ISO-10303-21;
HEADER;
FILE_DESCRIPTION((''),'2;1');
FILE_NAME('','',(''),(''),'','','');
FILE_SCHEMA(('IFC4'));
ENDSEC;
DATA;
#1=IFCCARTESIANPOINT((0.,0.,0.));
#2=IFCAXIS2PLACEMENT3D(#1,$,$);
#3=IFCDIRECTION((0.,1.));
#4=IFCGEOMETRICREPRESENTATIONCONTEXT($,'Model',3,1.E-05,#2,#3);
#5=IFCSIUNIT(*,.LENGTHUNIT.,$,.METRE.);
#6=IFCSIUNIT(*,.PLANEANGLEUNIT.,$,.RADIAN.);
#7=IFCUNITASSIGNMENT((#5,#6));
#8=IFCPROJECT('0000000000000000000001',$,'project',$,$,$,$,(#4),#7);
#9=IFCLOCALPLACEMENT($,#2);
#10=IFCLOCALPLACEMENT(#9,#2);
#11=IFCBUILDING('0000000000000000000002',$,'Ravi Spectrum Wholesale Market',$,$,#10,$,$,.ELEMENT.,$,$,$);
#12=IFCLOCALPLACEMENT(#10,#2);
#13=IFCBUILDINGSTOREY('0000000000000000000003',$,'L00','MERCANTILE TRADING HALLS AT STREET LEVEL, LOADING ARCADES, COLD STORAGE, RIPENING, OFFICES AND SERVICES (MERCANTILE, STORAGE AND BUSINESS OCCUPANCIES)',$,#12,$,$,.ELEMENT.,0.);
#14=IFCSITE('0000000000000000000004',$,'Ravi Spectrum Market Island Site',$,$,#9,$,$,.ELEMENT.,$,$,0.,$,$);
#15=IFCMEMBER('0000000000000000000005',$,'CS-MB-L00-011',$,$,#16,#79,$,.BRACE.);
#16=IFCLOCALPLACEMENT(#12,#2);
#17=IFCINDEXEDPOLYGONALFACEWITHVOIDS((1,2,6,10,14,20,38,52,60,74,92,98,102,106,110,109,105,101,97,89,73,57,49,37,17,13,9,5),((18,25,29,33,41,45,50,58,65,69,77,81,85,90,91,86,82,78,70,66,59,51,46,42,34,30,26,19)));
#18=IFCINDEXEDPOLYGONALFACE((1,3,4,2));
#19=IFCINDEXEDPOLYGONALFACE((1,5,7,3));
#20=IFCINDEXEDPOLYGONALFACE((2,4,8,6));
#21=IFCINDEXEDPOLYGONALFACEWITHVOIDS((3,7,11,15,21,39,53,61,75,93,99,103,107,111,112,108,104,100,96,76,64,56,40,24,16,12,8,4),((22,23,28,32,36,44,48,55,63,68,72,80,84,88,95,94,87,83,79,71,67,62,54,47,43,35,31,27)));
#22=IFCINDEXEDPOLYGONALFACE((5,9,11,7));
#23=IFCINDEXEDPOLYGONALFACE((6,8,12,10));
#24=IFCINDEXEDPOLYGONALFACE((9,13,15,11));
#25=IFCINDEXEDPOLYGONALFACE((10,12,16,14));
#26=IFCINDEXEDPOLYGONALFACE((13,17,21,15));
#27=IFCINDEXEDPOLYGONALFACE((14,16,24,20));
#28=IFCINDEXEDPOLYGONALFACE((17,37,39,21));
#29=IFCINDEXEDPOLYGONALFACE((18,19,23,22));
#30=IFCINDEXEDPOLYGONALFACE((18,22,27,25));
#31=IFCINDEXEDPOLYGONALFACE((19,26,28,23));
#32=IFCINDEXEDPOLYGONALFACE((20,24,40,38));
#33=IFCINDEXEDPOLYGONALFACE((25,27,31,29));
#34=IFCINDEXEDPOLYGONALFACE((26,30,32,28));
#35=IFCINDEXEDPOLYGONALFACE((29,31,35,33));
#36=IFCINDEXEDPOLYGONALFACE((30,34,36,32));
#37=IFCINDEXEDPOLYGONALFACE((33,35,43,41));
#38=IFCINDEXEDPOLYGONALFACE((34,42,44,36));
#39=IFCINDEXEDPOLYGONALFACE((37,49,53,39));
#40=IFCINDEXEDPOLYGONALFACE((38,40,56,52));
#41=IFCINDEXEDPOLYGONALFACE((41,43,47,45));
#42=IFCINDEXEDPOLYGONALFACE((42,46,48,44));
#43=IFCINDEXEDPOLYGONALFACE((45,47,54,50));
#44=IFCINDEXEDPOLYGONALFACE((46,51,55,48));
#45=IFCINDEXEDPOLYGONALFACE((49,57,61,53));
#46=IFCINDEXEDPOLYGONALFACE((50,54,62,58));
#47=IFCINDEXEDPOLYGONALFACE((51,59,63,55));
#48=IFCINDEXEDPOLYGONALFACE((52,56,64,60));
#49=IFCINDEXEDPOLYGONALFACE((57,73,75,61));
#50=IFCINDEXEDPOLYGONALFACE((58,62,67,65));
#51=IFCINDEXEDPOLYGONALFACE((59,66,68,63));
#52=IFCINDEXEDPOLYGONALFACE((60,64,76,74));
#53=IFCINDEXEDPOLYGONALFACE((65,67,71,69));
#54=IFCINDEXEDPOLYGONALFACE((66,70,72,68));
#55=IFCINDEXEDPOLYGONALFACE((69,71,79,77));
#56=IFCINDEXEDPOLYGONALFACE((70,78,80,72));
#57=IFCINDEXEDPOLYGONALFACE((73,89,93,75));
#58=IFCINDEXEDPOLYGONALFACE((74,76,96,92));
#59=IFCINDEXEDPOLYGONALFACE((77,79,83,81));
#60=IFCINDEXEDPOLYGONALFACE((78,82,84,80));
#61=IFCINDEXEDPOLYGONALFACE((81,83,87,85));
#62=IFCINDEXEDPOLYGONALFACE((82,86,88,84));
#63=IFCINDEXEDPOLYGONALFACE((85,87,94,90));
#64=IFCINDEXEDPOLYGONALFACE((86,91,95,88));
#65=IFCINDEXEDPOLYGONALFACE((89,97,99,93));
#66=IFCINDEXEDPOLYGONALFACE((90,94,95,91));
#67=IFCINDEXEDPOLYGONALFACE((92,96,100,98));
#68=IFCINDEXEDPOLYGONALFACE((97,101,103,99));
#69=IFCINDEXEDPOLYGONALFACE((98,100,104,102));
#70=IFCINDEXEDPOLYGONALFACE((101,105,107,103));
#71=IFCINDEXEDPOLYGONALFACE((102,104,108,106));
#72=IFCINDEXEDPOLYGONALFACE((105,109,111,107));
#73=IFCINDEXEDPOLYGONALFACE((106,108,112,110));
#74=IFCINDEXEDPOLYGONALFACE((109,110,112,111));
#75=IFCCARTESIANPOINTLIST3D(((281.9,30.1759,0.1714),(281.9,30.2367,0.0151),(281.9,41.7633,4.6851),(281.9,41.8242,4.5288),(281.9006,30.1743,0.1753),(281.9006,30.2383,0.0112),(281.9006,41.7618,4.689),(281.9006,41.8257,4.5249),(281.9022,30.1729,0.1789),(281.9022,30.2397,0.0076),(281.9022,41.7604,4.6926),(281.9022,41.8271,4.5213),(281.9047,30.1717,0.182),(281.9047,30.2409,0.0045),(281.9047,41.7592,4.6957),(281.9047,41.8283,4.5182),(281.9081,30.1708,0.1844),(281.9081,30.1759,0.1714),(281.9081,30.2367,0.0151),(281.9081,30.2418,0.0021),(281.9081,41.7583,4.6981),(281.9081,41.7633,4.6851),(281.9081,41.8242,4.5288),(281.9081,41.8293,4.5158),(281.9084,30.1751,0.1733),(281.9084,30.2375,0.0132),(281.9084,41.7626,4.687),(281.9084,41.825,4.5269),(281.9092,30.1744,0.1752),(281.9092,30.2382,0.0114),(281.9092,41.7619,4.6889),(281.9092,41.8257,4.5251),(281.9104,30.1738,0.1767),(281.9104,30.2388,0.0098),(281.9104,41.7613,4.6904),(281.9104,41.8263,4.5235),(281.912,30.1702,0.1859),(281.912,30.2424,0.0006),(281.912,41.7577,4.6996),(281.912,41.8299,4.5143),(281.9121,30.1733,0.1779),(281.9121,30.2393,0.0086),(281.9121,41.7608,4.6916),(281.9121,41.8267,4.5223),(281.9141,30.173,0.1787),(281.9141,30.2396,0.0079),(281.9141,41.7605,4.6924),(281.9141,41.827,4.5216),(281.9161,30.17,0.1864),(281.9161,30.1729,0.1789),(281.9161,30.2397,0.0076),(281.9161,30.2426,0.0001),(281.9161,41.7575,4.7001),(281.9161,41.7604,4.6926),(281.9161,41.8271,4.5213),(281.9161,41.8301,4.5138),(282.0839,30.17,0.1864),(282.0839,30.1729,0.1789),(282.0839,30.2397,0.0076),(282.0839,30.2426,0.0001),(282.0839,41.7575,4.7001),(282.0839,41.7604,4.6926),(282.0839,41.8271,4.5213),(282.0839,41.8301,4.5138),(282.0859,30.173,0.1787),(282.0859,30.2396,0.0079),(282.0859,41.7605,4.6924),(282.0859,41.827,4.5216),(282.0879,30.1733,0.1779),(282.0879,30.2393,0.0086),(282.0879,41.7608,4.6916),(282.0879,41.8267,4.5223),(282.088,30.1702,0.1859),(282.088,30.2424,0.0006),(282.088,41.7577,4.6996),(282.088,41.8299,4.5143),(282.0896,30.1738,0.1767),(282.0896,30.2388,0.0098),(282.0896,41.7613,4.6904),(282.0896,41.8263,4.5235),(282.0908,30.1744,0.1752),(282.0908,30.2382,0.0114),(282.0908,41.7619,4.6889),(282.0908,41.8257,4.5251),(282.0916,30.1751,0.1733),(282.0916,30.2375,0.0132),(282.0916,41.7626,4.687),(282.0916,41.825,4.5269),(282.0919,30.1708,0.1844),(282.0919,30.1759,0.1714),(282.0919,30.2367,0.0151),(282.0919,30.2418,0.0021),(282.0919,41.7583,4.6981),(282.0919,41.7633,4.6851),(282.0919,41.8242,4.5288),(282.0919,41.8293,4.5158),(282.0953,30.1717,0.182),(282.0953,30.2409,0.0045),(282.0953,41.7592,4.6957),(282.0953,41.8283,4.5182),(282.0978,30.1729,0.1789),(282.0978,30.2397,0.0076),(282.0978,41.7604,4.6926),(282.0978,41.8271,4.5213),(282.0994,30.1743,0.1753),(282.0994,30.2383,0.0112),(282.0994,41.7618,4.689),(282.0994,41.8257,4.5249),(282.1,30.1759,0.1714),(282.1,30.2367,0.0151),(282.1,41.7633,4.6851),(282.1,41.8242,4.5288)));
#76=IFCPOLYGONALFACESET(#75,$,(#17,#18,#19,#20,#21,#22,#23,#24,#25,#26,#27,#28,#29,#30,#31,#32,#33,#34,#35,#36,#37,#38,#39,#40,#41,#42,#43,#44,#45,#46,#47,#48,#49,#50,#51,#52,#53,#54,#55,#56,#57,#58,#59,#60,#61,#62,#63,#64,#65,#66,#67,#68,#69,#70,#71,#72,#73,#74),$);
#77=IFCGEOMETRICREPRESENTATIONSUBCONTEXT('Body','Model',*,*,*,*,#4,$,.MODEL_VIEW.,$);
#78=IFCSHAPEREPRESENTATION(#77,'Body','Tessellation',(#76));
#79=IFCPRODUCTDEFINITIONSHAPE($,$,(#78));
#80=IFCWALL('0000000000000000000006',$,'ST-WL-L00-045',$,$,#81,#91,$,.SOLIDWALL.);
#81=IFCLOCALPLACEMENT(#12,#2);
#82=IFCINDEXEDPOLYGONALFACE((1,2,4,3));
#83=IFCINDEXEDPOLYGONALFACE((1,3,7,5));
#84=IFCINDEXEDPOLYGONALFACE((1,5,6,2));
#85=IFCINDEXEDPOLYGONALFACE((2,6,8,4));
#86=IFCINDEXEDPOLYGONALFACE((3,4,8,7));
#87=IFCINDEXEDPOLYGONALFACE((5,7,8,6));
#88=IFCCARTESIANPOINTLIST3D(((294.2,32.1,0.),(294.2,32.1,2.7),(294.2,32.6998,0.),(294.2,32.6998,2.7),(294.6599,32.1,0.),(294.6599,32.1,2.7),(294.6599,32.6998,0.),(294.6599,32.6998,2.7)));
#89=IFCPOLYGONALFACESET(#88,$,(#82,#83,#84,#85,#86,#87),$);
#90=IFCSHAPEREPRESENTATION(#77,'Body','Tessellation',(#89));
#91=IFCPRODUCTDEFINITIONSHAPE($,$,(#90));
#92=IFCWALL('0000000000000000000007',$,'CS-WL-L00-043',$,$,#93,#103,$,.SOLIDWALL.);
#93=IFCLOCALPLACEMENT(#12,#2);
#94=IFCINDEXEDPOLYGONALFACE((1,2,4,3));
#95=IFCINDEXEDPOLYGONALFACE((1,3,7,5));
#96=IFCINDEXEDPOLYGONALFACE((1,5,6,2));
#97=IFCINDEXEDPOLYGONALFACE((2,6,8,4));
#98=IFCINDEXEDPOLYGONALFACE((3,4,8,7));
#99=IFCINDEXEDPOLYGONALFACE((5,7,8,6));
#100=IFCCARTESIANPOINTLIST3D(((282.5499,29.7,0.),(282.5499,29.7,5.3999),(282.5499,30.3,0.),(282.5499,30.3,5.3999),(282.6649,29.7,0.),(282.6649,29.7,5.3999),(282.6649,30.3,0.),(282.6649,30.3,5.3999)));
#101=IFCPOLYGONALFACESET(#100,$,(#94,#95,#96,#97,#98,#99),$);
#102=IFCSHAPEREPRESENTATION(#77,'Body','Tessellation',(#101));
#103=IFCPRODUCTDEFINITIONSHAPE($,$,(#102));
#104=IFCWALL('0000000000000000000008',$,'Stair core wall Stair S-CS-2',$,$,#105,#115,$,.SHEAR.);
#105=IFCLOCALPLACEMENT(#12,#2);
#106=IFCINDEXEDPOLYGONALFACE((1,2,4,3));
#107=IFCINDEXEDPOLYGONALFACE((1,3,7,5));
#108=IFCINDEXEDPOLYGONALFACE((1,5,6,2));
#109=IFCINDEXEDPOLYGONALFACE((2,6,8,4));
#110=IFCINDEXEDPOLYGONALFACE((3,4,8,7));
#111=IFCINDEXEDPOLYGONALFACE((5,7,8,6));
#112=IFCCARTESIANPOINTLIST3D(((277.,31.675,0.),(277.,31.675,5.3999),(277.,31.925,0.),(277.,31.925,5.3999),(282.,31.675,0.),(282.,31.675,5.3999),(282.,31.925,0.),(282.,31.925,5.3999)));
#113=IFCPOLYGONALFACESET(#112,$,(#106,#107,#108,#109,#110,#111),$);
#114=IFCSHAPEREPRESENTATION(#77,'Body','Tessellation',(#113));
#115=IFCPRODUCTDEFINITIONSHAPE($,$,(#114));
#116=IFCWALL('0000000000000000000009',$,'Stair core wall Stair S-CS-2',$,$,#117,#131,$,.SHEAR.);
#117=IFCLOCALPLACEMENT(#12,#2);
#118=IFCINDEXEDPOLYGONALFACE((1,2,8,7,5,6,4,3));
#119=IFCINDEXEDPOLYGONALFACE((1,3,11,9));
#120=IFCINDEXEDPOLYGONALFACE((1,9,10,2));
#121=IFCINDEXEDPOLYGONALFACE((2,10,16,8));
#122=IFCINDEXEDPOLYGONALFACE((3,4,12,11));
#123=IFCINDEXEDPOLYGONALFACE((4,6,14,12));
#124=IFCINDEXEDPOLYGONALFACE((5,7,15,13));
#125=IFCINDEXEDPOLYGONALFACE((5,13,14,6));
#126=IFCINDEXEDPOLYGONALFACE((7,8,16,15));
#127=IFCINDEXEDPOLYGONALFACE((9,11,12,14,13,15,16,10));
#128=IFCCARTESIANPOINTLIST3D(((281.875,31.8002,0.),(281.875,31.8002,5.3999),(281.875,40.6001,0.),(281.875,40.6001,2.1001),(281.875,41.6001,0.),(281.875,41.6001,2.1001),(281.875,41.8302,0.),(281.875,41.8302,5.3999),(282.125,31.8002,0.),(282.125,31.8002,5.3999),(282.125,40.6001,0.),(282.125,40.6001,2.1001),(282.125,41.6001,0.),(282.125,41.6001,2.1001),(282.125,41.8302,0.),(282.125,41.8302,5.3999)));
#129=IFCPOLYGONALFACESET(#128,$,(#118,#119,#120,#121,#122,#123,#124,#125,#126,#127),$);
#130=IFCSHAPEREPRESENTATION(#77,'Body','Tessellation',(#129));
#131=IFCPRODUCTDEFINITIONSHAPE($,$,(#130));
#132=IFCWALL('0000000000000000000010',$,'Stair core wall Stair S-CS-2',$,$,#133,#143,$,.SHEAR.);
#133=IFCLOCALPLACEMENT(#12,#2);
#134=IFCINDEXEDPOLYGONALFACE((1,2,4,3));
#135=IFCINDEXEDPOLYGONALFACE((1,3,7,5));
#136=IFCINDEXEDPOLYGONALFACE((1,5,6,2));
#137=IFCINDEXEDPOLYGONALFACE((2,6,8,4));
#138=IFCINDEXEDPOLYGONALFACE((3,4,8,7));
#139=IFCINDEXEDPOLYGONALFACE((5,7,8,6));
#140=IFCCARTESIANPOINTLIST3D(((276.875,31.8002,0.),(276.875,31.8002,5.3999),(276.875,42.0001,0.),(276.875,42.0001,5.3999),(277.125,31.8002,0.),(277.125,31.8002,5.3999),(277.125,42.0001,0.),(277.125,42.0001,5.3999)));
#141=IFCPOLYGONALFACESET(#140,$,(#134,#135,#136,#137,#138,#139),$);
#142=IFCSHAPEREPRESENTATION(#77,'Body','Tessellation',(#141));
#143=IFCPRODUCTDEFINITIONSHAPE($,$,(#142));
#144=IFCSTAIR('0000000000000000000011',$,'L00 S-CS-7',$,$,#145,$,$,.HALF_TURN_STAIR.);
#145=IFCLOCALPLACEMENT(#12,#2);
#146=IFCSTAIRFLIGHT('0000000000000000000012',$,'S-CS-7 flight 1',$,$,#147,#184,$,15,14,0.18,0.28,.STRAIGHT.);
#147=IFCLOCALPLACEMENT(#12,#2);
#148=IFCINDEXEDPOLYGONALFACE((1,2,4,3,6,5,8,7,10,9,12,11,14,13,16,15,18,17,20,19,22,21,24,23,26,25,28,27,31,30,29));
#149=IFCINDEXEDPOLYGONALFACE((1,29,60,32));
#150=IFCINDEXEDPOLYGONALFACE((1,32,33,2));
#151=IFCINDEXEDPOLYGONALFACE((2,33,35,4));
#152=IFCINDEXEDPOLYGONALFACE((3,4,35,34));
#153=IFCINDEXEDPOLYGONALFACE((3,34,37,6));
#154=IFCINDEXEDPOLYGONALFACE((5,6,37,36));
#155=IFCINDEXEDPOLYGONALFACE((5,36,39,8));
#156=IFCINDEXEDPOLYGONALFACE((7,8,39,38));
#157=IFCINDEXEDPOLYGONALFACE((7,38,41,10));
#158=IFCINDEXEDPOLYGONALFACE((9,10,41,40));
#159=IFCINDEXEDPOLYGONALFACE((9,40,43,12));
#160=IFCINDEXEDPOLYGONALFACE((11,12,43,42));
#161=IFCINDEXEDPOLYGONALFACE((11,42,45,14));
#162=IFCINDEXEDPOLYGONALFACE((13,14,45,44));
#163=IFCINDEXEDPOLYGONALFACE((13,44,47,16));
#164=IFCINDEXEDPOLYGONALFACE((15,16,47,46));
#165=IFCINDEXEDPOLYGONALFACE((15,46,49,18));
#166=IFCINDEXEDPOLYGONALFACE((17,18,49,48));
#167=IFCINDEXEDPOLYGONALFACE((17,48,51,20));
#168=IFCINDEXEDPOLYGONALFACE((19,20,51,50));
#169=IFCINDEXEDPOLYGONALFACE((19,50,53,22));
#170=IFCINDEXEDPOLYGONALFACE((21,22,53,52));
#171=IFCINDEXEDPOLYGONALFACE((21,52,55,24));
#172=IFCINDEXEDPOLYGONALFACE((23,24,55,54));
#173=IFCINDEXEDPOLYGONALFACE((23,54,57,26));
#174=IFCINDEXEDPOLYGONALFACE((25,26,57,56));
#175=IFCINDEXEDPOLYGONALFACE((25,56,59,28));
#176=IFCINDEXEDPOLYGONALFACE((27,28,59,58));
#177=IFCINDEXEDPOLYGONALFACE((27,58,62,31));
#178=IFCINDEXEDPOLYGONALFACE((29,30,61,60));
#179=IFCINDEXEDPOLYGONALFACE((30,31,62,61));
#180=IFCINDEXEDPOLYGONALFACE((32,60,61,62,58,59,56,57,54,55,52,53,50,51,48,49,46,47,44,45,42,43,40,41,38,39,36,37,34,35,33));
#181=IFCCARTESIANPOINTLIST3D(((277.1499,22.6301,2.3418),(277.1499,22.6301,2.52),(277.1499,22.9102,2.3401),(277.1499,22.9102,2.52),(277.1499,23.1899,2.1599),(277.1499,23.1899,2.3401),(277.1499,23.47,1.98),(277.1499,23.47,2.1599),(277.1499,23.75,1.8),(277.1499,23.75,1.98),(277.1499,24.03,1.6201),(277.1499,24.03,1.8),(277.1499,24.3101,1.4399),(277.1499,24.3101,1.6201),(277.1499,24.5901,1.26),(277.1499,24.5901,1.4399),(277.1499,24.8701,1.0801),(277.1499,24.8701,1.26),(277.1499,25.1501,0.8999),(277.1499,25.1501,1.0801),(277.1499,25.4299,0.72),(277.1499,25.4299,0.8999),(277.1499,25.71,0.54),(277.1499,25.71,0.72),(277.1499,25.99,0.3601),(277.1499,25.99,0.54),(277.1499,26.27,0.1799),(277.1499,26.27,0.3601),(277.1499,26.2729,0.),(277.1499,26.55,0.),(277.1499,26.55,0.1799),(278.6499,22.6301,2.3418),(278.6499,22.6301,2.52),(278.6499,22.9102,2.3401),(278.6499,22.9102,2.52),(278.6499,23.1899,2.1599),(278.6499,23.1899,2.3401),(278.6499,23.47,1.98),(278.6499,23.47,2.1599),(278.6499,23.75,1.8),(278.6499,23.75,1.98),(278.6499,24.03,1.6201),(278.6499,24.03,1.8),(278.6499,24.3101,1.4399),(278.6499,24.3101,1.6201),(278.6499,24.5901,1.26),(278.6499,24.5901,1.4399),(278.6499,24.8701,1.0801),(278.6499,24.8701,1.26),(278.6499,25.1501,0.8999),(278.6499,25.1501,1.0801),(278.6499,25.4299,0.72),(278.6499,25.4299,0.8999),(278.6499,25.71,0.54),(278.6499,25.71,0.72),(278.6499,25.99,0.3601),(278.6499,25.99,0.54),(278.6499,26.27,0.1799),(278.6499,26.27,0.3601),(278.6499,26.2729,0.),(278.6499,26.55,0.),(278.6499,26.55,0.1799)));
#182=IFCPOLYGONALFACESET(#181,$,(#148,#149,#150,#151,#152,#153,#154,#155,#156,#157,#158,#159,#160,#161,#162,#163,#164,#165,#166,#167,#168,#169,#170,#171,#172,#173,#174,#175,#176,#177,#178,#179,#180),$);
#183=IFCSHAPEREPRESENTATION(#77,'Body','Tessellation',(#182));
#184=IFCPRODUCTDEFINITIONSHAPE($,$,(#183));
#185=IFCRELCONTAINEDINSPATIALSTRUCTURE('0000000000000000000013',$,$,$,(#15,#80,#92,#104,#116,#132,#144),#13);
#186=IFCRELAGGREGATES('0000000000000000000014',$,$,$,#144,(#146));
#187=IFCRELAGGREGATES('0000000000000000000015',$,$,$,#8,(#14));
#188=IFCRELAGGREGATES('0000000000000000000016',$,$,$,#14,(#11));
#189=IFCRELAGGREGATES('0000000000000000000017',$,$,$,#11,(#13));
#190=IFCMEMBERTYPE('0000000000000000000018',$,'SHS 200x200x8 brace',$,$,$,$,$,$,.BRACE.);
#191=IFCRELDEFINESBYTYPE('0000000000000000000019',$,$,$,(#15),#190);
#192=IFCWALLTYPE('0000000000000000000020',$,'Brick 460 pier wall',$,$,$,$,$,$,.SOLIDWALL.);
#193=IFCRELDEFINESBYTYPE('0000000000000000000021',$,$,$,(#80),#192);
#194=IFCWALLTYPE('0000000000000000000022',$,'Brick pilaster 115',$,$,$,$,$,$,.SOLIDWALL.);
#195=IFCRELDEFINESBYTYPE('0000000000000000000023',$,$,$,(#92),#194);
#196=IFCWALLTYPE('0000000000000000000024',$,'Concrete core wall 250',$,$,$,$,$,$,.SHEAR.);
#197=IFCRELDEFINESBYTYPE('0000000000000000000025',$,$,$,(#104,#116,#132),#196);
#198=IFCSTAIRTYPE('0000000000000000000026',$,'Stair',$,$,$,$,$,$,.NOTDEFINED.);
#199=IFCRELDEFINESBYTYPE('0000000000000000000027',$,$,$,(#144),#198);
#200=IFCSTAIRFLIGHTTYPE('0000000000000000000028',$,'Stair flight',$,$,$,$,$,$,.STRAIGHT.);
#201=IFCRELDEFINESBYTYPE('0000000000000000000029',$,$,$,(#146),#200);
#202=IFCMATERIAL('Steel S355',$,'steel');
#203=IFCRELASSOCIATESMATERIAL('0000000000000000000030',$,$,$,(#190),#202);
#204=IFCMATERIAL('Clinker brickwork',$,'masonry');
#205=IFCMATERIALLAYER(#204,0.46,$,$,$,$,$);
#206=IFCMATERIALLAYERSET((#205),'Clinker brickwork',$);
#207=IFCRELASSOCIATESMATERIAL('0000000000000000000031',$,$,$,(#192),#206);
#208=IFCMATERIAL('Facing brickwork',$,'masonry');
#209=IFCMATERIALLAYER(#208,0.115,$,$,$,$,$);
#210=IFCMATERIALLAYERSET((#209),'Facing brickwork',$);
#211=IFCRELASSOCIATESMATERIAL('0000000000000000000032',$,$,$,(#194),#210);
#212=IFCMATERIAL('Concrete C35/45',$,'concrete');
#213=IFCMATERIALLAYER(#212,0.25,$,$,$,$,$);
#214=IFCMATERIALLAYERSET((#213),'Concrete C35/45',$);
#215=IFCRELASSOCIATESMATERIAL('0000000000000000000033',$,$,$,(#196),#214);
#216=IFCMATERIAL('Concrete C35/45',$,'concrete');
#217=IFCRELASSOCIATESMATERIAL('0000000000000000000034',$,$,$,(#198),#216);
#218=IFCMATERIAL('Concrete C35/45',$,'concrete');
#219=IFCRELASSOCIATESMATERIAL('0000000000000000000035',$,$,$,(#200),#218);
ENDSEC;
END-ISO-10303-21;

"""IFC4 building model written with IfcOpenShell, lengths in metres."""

from ifc_helpers import new_model, si_unit, direction, frame, frame_2d, origin, origin_2d, place, context, subcontext, project, spatial, polyline, rectangle, hollow_rectangle, outline, extrude, material, layer, layer_set, material_profile, profile_set, type_object, element, aggregate, save


model = new_model("IFC4")

# Units and contexts
model_context = context("Model", 3, precision=1e-05, world=origin(), true_north=direction((0.0, 1.0)))
body_context = subcontext(model_context, "Body", "Model", "MODEL_VIEW")
ifc_project = project(units=[si_unit("LENGTHUNIT", "METRE"), si_unit("PLANEANGLEUNIT", "RADIAN")], contexts=[model_context])

# Site, building, storey
site_placement = place(None, origin())
site = spatial("IfcSite", under=ifc_project, at=site_placement, Name="Ravi Spectrum Market Island Site", CompositionType="ELEMENT", RefElevation=0.0)
building_placement = place(site_placement, origin())
building = spatial("IfcBuilding", under=site, at=building_placement, Name="Ravi Spectrum Wholesale Market", CompositionType="ELEMENT")
storey_placement = place(building_placement, origin())
storey = spatial("IfcBuildingStorey", under=building, at=storey_placement, Name="L00", Description="MERCANTILE TRADING HALLS AT STREET LEVEL, LOADING ARCADES, COLD STORAGE, RIPENING, OFFICES AND SERVICES (MERCANTILE, STORAGE AND BUSINESS OCCUPANCIES)", CompositionType="ELEMENT", Elevation=0.0)

# Member
ifc_material_1 = material(Name="Steel S355", Category="steel")
ifc_material_profile_1 = material_profile(ifc_material_1, hollow_rectangle(XDim=0.2, YDim=0.2, WallThickness=0.0081, InnerFilletRadius=0.0081, OuterFilletRadius=0.0161, at=origin_2d()))
ifc_profile_set_1 = profile_set([ifc_material_profile_1], Name="Steel S355")
member_type = type_object("IfcMemberType", Name="SHS 200x200x8 brace", PredefinedType="BRACE", material=ifc_profile_set_1)
member_placement = place(storey_placement, frame((282.0, 30.2063, 0.0933), z_axis=(0.0, 0.931802, 0.362967), x_axis=(-1.0, 0.0, 0.0)))
element("IfcMember", 1, at=member_placement, inside=storey, type_object=member_type, Name="CS-MB-L00-011", PredefinedType="BRACE", context=body_context, shape_type="SweptSolid", body=[
    extrude(hollow_rectangle(XDim=0.2, YDim=0.2, WallThickness=0.0081, InnerFilletRadius=0.0081, OuterFilletRadius=0.0161, at=origin_2d()), origin(), (0.0, 0.0, 1.0), 12.4355),
])

# Walls
ifc_material_2 = material(Name="Clinker brickwork", Category="masonry")
ifc_layer_1 = layer(ifc_material_2, 0.46)
ifc_layer_set_1 = layer_set([ifc_layer_1], Name="Clinker brickwork")
wall_type_1 = type_object("IfcWallType", Name="Brick 460 pier wall", PredefinedType="SOLIDWALL", material=ifc_layer_set_1)
wall_1_placement = place(storey_placement, frame((294.4299, 32.1001, 0.0), z_axis=(0.0, 0.0, 1.0), x_axis=(0.0, 1.0, 0.0)))
element("IfcWall", 2, at=wall_1_placement, inside=storey, type_object=wall_type_1, Name="ST-WL-L00-045", PredefinedType="SOLIDWALL", context=body_context, shape_type="SweptSolid", body=[
    extrude(rectangle(XDim=0.5999, YDim=0.46, at=frame_2d((0.2998, 0.0))), origin(), (0.0, 0.0, 1.0), 2.7),
])
ifc_material_3 = material(Name="Facing brickwork", Category="masonry")
ifc_layer_2 = layer(ifc_material_3, 0.115)
ifc_layer_set_2 = layer_set([ifc_layer_2], Name="Facing brickwork")
wall_type_2 = type_object("IfcWallType", Name="Brick pilaster 115", PredefinedType="SOLIDWALL", material=ifc_layer_set_2)
wall_2_placement = place(storey_placement, frame((282.6074, 29.7, 0.0), z_axis=(0.0, 0.0, 1.0), x_axis=(0.0, 1.0, 0.0)))
element("IfcWall", 3, at=wall_2_placement, inside=storey, type_object=wall_type_2, Name="CS-WL-L00-043", PredefinedType="SOLIDWALL", context=body_context, shape_type="SweptSolid", body=[
    extrude(rectangle(XDim=0.6001, YDim=0.115, at=frame_2d((0.3, 0.0))), origin(), (0.0, 0.0, 1.0), 5.3999),
])
ifc_material_4 = material(Name="Concrete C35/45", Category="concrete")
ifc_layer_3 = layer(ifc_material_4, 0.25)
ifc_layer_set_3 = layer_set([ifc_layer_3], Name="Concrete C35/45")
wall_type_3 = type_object("IfcWallType", Name="Concrete core wall 250", PredefinedType="SHEAR", material=ifc_layer_set_3)
wall_3_placement = place(storey_placement, frame((277.0, 31.8, 0.0), z_axis=(0.0, 0.0, 1.0), x_axis=(1.0, 0.0, 0.0)))
element("IfcWall", 4, at=wall_3_placement, inside=storey, type_object=wall_type_3, Name="Stair core wall Stair S-CS-2", PredefinedType="SHEAR", context=body_context, shape_type="SweptSolid", body=[
    extrude(rectangle(XDim=5.0, YDim=0.25, at=frame_2d((2.5, 0.0))), origin(), (0.0, 0.0, 1.0), 5.3999),
])

# Wall, opening
wall_4_placement = place(storey_placement, frame((282.0, 31.8, 0.0), z_axis=(0.0, 0.0, 1.0), x_axis=(0.0, 1.0, 0.0)))
wall_4 = element("IfcWall", 5, at=wall_4_placement, inside=storey, type_object=wall_type_3, Name="Stair core wall Stair S-CS-2", PredefinedType="SHEAR", context=body_context, shape_type="SweptSolid", body=[
    extrude(rectangle(XDim=10.03, YDim=0.25, at=frame_2d((5.0151, 0.0))), origin(), (0.0, 0.0, 1.0), 5.3999),
])
opening_placement = place(wall_4_placement, frame((8.8, 0.0, 0.0)))
element("IfcOpeningElement", 6, at=opening_placement, cuts=wall_4, PredefinedType="OPENING", context=body_context, shape_type="SweptSolid", body=[
    extrude(rectangle(XDim=1.0, YDim=2.1001, at=frame_2d((0.5, 1.05))), frame((0.0, 0.135, 0.0), z_axis=(0.0, -1.0, 0.0), x_axis=(1.0, 0.0, 0.0)), (0.0, 0.0, 1.0), 0.27),
])

# Wall
wall_5_placement = place(storey_placement, frame((277.0, 31.8, 0.0), z_axis=(0.0, 0.0, 1.0), x_axis=(0.0, 1.0, 0.0)))
element("IfcWall", 7, at=wall_5_placement, inside=storey, type_object=wall_type_3, Name="Stair core wall Stair S-CS-2", PredefinedType="SHEAR", context=body_context, shape_type="SweptSolid", body=[
    extrude(rectangle(XDim=10.2, YDim=0.25, at=frame_2d((5.1001, 0.0))), origin(), (0.0, 0.0, 1.0), 5.3999),
])

# Stair, stair flight
ifc_material_5 = material(Name="Concrete C35/45", Category="concrete")
stair_type = type_object("IfcStairType", Name="Stair", PredefinedType="NOTDEFINED", material=ifc_material_5)
stair_placement = place(storey_placement, origin())
stair = element("IfcStair", 8, at=stair_placement, inside=storey, type_object=stair_type, Name="L00 S-CS-7", PredefinedType="HALF_TURN_STAIR")
ifc_material_6 = material(Name="Concrete C35/45", Category="concrete")
stair_flight_type = type_object("IfcStairFlightType", Name="Stair flight", PredefinedType="STRAIGHT", material=ifc_material_6)
stair_flight_placement = place(storey_placement, frame((277.8999, 26.55, 0.0), z_axis=(0.0, 0.0, 1.0), x_axis=(0.0, -1.0, 0.0)))
stair_flight = element("IfcStairFlight", 9, at=stair_flight_placement, type_object=stair_flight_type, Name="S-CS-7 flight 1", NumberOfRisers=15, NumberOfTreads=14, PredefinedType="STRAIGHT", RiserHeight=0.18, TreadLength=0.28, context=body_context, shape_type="SweptSolid", body=[
    extrude(outline(polyline([(0.0, 0.0), (0.0, 0.1799), (0.28, 0.1799), (0.28, 0.3601), (0.5601, 0.3601), (0.5601, 0.54), (0.8401, 0.54), (0.8401, 0.72), (1.1201, 0.72), (1.1201, 0.8999), (1.3999, 0.8999), (1.3999, 1.0801), (1.6799, 1.0801), (1.6799, 1.26), (1.96, 1.26), (1.96, 1.4399), (2.24, 1.4399), (2.24, 1.6201), (2.52, 1.6201), (2.52, 1.8), (2.8, 1.8), (2.8, 1.98), (3.0801, 1.98), (3.0801, 2.1599), (3.3601, 2.1599), (3.3601, 2.3401), (3.6399, 2.3401), (3.6399, 2.52), (3.9199, 2.52), (3.9199, 2.7), (3.9199, 2.3418), (0.2771, 0.0), (0.0, 0.0)])), frame((0.0, 0.75, 0.0), z_axis=(0.0, -1.0, 0.0), x_axis=(1.0, 0.0, 0.0)), (0.0, 0.0, 1.0), 1.5),
])
aggregate(stair, [stair_flight])

save(model, "model.ifc")
